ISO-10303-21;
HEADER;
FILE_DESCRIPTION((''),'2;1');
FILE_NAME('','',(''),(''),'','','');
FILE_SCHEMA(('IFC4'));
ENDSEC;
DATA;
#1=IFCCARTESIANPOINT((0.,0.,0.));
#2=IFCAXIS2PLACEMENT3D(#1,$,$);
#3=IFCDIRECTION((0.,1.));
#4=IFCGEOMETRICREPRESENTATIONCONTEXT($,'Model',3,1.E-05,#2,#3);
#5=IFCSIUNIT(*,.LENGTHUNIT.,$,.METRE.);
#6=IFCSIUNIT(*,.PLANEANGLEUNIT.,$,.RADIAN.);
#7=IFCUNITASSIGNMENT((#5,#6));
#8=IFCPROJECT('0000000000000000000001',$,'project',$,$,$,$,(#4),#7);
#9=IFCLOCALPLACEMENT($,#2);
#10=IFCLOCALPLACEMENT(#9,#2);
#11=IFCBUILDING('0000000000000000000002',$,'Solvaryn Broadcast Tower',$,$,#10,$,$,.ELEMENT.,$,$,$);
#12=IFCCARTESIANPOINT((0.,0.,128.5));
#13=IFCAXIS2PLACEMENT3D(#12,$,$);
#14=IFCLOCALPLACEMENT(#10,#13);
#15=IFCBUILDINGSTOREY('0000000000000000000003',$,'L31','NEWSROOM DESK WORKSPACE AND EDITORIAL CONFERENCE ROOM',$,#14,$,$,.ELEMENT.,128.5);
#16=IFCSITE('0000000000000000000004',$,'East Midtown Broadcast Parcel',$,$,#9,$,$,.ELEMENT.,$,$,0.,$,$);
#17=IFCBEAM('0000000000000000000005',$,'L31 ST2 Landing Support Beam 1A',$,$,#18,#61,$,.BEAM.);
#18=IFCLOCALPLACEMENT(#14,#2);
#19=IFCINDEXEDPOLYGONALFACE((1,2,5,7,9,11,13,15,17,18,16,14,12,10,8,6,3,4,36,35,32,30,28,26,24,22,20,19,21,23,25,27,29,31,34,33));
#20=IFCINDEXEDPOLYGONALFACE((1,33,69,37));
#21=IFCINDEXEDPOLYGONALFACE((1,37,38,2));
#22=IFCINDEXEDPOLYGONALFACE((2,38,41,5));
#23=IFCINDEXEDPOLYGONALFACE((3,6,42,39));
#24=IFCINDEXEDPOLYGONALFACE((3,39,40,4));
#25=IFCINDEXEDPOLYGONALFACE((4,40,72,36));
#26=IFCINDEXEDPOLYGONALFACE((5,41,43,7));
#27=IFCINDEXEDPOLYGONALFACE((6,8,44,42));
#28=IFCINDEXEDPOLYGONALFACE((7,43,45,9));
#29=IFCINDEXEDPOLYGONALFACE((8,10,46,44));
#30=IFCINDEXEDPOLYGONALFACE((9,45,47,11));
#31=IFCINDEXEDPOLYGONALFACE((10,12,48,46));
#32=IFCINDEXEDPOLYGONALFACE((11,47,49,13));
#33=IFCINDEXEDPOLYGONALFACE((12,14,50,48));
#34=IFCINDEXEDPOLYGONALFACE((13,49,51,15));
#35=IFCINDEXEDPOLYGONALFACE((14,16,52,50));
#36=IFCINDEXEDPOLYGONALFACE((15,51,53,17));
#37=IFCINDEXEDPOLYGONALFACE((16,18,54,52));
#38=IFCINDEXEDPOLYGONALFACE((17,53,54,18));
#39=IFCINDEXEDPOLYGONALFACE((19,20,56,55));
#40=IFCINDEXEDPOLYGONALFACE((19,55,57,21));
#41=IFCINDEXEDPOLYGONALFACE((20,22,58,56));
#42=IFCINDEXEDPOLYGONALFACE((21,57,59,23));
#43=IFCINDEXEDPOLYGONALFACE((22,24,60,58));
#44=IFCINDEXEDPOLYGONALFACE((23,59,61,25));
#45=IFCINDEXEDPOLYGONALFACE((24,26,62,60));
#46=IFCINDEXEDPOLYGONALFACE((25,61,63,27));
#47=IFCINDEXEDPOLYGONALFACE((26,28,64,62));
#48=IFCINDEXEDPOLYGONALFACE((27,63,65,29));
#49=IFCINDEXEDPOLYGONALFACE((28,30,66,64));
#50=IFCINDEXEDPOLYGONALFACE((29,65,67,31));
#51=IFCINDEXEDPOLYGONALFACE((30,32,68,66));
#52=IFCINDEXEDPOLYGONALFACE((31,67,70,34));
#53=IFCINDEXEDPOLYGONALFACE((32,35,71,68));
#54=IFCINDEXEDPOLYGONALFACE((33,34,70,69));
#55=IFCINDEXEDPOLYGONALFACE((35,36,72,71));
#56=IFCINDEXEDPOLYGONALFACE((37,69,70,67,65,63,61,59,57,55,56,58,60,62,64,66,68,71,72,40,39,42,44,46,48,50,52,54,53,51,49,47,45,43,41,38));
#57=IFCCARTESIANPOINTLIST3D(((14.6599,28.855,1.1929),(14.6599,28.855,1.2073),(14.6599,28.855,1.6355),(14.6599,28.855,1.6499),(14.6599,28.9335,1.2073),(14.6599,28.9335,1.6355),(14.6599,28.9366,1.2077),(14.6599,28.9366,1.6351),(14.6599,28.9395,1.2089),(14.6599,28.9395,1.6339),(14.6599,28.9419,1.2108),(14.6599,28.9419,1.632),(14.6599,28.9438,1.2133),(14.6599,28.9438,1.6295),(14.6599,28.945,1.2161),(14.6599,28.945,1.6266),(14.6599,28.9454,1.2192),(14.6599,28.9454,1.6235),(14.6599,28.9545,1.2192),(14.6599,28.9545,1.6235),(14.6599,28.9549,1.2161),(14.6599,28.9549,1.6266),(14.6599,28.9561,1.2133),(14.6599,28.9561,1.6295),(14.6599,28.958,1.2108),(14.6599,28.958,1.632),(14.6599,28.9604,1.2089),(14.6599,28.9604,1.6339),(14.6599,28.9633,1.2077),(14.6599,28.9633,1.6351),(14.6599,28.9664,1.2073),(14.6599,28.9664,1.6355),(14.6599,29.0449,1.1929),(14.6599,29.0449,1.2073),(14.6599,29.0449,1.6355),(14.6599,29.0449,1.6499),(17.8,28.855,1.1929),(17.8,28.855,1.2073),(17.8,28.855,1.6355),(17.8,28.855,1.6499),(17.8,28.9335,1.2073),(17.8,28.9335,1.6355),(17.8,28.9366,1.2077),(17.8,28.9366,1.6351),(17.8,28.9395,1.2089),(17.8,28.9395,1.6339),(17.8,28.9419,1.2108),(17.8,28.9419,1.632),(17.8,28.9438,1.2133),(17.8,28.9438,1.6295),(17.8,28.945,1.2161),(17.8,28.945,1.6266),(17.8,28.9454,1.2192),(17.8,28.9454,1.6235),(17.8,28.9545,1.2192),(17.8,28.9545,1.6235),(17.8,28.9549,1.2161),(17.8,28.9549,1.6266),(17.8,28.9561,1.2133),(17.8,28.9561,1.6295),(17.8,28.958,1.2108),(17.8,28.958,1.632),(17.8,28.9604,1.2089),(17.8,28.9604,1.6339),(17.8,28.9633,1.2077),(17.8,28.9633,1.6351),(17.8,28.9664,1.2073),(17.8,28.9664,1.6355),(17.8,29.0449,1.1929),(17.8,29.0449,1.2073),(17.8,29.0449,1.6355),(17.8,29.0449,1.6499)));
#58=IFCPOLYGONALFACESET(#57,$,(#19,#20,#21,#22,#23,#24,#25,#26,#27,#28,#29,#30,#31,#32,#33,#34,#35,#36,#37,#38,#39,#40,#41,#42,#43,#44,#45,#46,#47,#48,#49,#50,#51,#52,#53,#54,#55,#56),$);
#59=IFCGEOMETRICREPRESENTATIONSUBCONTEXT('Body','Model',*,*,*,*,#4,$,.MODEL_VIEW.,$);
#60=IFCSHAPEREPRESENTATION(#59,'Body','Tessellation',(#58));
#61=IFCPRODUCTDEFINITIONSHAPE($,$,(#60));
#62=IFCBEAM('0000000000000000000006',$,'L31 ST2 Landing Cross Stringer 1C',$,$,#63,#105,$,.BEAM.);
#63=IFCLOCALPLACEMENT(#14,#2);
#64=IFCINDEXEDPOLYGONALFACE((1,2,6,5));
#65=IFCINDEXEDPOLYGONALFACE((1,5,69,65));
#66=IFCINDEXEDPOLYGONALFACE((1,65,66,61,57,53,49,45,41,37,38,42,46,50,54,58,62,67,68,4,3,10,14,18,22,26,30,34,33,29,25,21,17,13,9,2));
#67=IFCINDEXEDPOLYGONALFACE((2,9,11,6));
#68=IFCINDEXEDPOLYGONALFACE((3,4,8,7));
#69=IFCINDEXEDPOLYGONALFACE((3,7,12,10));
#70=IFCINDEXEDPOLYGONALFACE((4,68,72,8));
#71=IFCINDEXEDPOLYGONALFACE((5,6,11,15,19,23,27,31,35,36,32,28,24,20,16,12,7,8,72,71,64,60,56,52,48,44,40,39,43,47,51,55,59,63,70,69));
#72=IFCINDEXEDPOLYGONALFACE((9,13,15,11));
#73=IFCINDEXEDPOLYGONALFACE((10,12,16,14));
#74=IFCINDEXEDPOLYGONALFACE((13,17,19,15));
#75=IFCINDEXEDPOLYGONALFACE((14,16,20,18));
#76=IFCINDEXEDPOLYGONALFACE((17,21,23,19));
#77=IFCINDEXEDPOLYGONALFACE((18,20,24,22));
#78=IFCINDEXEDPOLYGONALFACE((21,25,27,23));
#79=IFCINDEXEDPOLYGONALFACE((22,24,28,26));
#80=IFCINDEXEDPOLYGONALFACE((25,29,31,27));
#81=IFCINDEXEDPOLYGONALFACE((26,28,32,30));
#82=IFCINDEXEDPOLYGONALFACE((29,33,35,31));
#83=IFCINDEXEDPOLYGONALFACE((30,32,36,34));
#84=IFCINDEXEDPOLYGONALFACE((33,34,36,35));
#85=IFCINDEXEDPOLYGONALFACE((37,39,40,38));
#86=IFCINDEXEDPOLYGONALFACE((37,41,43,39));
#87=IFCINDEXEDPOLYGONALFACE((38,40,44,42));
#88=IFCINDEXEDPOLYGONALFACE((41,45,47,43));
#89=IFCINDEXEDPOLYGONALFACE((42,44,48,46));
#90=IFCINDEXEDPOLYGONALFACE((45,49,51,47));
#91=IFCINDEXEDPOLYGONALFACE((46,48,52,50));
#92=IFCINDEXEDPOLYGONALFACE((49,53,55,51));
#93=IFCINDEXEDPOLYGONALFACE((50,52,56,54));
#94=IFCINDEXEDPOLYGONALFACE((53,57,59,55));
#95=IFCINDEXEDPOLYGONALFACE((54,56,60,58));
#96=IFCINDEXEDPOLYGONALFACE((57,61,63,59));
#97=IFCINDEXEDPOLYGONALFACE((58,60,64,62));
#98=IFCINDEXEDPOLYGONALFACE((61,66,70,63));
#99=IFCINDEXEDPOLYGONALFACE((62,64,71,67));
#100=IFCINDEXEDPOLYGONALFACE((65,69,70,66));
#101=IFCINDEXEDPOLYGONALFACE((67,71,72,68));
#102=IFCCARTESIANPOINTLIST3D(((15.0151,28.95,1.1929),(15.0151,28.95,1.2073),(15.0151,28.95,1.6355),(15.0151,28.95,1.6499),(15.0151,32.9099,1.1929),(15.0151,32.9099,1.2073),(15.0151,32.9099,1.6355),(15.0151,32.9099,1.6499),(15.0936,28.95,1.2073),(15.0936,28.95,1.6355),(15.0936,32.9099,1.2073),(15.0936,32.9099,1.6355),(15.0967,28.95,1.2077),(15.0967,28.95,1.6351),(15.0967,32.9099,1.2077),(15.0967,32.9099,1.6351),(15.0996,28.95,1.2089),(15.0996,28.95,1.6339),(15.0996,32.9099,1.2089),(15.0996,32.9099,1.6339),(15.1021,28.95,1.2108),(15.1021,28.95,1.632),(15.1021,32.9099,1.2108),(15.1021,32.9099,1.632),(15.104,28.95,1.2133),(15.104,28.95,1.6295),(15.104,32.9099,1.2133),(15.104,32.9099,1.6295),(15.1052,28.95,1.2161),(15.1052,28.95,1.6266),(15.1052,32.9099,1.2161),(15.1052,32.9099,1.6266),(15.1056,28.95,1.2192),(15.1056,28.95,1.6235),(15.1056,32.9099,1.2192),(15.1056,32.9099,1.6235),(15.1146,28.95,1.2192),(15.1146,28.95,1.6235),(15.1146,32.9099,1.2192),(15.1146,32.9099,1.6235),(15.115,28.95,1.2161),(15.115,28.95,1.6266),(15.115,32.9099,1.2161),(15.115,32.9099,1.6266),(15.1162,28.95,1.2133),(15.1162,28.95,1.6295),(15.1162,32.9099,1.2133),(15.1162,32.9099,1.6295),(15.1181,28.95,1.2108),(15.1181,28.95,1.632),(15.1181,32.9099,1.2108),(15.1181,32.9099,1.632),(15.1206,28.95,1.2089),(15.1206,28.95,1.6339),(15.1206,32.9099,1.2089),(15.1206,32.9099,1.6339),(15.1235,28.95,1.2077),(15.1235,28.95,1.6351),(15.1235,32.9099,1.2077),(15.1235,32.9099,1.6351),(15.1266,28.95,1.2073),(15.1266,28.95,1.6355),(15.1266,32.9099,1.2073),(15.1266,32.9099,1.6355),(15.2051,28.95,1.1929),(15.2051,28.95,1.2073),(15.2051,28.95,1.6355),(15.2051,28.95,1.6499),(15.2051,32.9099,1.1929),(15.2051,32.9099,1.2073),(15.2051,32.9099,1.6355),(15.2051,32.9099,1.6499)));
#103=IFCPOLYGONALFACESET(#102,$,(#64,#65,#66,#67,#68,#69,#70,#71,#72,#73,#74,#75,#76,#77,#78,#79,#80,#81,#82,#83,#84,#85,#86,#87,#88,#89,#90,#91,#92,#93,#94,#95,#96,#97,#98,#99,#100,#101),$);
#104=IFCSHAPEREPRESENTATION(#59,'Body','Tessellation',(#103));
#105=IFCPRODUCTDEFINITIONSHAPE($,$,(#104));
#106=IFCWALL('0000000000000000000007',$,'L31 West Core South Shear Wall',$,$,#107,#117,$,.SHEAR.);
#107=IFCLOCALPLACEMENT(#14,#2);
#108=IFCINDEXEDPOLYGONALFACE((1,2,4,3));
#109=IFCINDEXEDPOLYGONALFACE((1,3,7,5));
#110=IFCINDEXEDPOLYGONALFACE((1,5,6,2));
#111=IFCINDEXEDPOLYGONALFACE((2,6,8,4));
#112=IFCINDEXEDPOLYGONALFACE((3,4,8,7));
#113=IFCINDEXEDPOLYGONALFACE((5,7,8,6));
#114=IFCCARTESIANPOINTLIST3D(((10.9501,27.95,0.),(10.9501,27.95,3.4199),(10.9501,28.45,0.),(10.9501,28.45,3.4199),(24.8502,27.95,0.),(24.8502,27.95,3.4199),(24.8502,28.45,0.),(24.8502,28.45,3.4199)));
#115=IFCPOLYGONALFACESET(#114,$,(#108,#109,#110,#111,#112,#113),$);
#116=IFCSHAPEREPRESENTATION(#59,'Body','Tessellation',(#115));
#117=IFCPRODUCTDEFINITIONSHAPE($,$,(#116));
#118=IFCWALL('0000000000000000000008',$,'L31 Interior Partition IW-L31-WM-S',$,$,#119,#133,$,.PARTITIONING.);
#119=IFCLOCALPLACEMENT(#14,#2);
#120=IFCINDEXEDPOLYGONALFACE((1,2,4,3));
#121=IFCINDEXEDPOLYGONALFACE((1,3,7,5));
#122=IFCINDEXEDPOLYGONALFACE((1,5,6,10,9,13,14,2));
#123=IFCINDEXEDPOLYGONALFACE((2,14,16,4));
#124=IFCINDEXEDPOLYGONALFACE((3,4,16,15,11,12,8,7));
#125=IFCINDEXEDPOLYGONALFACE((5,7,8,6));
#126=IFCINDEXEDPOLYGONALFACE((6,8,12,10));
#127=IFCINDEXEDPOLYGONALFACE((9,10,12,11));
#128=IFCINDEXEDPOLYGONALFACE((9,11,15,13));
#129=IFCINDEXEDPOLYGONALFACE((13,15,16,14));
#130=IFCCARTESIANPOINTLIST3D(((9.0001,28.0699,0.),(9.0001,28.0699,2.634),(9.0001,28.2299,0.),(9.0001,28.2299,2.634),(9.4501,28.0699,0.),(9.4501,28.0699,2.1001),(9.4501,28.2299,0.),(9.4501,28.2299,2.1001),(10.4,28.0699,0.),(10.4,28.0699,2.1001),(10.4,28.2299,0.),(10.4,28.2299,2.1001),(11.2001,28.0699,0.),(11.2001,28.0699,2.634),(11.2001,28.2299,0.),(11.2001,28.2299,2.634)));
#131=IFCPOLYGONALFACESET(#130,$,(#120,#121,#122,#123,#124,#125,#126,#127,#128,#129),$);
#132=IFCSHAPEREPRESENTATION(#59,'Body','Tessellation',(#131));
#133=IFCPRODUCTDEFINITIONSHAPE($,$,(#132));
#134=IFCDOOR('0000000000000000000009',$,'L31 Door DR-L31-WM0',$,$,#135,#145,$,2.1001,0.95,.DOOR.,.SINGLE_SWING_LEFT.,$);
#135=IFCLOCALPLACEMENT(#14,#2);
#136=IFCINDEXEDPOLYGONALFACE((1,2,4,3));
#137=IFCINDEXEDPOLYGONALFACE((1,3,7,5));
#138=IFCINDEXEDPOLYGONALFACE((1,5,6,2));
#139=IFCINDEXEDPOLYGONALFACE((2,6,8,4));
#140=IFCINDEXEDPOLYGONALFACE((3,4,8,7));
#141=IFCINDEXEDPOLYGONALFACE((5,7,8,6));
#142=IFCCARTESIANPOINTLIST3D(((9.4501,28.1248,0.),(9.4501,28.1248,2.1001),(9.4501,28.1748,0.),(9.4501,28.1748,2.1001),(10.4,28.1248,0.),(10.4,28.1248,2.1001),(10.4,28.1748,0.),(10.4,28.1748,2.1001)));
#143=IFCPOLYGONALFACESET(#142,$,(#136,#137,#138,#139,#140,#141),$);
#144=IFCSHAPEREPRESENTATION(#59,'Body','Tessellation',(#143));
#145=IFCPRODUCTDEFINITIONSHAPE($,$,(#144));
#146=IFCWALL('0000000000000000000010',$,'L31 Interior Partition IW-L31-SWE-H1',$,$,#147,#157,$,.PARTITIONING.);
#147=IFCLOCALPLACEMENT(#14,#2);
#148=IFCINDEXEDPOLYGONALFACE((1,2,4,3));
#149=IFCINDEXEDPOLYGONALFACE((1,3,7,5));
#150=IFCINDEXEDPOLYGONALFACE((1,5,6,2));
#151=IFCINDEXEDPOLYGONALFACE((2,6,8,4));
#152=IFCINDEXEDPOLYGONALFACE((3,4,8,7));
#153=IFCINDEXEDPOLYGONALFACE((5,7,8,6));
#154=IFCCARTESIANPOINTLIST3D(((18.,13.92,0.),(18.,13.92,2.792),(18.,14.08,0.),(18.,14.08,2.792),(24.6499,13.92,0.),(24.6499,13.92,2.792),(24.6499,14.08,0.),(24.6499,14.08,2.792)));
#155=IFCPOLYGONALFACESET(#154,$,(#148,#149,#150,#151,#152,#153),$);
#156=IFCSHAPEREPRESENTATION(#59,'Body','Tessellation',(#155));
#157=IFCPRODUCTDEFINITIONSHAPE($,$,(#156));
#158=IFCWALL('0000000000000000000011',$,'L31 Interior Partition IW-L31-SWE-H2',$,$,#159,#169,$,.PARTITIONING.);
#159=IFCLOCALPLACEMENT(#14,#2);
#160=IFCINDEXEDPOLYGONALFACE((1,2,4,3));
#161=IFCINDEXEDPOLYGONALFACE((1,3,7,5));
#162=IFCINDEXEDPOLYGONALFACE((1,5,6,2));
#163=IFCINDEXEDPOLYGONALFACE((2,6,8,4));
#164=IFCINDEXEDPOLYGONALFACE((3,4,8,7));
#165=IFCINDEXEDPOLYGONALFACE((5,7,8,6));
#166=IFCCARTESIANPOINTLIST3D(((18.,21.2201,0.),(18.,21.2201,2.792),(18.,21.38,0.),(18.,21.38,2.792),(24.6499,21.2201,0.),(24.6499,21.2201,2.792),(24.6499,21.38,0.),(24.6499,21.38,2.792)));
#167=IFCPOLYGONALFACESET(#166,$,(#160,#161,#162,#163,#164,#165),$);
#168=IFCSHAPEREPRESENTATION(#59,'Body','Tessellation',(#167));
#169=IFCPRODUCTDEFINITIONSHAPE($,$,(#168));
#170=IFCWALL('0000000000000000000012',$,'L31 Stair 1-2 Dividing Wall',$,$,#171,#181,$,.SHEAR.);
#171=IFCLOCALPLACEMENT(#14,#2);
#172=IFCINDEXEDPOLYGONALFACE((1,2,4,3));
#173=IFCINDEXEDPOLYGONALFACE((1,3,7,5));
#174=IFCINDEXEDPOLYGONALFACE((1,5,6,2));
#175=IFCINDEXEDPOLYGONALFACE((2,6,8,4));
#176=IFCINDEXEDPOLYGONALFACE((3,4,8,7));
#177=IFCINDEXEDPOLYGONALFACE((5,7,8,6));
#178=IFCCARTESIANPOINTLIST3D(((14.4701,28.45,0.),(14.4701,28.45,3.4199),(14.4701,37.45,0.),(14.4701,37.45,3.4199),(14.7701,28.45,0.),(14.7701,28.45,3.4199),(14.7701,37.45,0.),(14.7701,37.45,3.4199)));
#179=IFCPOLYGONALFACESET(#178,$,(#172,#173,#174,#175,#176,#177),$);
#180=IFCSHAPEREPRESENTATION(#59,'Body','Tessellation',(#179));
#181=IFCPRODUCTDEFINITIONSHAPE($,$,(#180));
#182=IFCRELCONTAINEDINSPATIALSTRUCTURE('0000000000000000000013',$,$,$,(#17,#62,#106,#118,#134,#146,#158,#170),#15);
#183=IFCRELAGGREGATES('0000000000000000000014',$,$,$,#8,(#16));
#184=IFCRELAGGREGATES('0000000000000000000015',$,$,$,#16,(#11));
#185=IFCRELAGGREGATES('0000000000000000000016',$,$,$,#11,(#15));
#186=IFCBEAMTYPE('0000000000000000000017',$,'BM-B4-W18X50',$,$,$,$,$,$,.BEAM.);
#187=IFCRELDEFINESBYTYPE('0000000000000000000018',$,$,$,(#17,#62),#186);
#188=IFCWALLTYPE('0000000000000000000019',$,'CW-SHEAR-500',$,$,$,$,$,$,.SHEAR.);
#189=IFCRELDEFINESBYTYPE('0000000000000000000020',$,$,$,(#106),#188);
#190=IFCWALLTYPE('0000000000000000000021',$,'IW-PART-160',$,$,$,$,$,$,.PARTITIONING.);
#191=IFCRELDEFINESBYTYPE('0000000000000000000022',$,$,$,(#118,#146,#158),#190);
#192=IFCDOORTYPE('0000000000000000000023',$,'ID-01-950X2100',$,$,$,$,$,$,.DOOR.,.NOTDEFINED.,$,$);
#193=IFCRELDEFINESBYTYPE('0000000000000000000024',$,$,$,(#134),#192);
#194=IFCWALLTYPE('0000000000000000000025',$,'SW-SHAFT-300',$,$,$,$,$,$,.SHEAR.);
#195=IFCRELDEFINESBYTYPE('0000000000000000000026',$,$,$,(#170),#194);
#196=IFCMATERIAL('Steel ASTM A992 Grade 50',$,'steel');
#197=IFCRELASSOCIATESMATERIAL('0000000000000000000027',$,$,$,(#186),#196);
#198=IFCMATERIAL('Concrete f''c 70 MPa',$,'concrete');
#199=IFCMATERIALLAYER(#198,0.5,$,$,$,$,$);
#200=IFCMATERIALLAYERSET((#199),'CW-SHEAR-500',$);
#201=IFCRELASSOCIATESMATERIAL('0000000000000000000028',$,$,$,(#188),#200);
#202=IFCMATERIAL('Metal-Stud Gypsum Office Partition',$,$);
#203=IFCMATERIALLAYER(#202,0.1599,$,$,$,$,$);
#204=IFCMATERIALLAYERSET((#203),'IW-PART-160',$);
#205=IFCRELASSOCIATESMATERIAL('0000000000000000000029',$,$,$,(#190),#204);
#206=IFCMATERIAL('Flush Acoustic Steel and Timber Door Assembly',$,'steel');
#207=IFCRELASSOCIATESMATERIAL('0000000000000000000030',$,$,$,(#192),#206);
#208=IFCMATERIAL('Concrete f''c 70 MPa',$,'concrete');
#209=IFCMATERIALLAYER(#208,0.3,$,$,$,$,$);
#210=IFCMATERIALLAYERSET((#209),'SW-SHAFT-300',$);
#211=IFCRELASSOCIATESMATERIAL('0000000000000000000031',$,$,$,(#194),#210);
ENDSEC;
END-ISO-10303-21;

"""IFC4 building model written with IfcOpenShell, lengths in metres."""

from ifc_helpers import new_model, si_unit, direction, frame, frame_2d, origin, origin_2d, place, context, subcontext, project, spatial, rectangle, i_section, extrude, material, layer, layer_set, material_profile, profile_set, type_object, element, fill, save


model = new_model("IFC4")

# Units and contexts
model_context = context("Model", 3, precision=1e-05, world=origin(), true_north=direction((0.0, 1.0)))
body_context = subcontext(model_context, "Body", "Model", "MODEL_VIEW")
ifc_project = project(units=[si_unit("LENGTHUNIT", "METRE"), si_unit("PLANEANGLEUNIT", "RADIAN")], contexts=[model_context])

# Site, building, storey
site_placement = place(None, origin())
site = spatial("IfcSite", under=ifc_project, at=site_placement, Name="East Midtown Broadcast Parcel", CompositionType="ELEMENT", RefElevation=0.0)
building_placement = place(site_placement, origin())
building = spatial("IfcBuilding", under=site, at=building_placement, Name="Solvaryn Broadcast Tower", CompositionType="ELEMENT")
storey_placement = place(building_placement, frame((0.0, 0.0, 128.5)))
storey = spatial("IfcBuildingStorey", under=building, at=storey_placement, Name="L31", Description="NEWSROOM DESK WORKSPACE AND EDITORIAL CONFERENCE ROOM", CompositionType="ELEMENT", Elevation=128.5)

# Beams
ifc_material_1 = material(Name="Steel ASTM A992 Grade 50", Category="steel")
ifc_material_profile_1 = material_profile(ifc_material_1, i_section(OverallWidth=0.1899, OverallDepth=0.457, WebThickness=0.009, FlangeThickness=0.0144, FilletRadius=0.012, at=origin_2d()))
ifc_profile_set_1 = profile_set([ifc_material_profile_1], Name="Steel ASTM A992 Grade 50")
beam_type_1 = type_object("IfcBeamType", Name="BM-B4-W18X50", PredefinedType="BEAM", material=ifc_profile_set_1)
beam_1_placement = place(storey_placement, frame((14.6599, 28.95, 1.4214), z_axis=(1.0, 0.0, 0.0), x_axis=(0.0, 1.0, 0.0)))
element("IfcBeam", 1, at=beam_1_placement, inside=storey, type_object=beam_type_1, Name="L31 ST2 Landing Support Beam 1A", PredefinedType="BEAM", context=body_context, shape_type="SweptSolid", body=[
    extrude(i_section(OverallWidth=0.1899, OverallDepth=0.457, WebThickness=0.009, FlangeThickness=0.0144, FilletRadius=0.012, at=origin_2d()), origin(), (0.0, 0.0, 1.0), 3.1401),
])
beam_2_placement = place(storey_placement, frame((15.1101, 28.95, 1.4214), z_axis=(0.0, 1.0, 0.0), x_axis=(-1.0, 0.0, 0.0)))
element("IfcBeam", 2, at=beam_2_placement, inside=storey, type_object=beam_type_1, Name="L31 ST2 Landing Cross Stringer 1C", PredefinedType="BEAM", context=body_context, shape_type="SweptSolid", body=[
    extrude(i_section(OverallWidth=0.1899, OverallDepth=0.457, WebThickness=0.009, FlangeThickness=0.0144, FilletRadius=0.012, at=origin_2d()), origin(), (0.0, 0.0, 1.0), 3.96),
])

# Wall
ifc_material_2 = material(Name="Concrete f'c 70 MPa", Category="concrete")
ifc_layer_1 = layer(ifc_material_2, 0.5)
ifc_layer_set_1 = layer_set([ifc_layer_1], Name="CW-SHEAR-500")
wall_type_1 = type_object("IfcWallType", Name="CW-SHEAR-500", PredefinedType="SHEAR", material=ifc_layer_set_1)
wall_1_placement = place(storey_placement, frame((10.95, 28.2, 0.0), z_axis=(0.0, 0.0, 1.0), x_axis=(1.0, 0.0, 0.0)))
element("IfcWall", 3, at=wall_1_placement, inside=storey, type_object=wall_type_1, Name="L31 West Core South Shear Wall", PredefinedType="SHEAR", context=body_context, shape_type="SweptSolid", body=[
    extrude(rectangle(XDim=13.9001, YDim=0.5, at=frame_2d((6.9502, 0.0))), origin(), (0.0, 0.0, 1.0), 3.4199),
])

# Wall, opening, door
ifc_material_3 = material(Name="Metal-Stud Gypsum Office Partition")
ifc_layer_2 = layer(ifc_material_3, 0.1599)
ifc_layer_set_2 = layer_set([ifc_layer_2], Name="IW-PART-160")
wall_type_2 = type_object("IfcWallType", Name="IW-PART-160", PredefinedType="PARTITIONING", material=ifc_layer_set_2)
wall_2_placement = place(storey_placement, frame((9.0, 28.1499, 0.0), z_axis=(0.0, 0.0, 1.0), x_axis=(1.0, 0.0, 0.0)))
wall_2 = element("IfcWall", 4, at=wall_2_placement, inside=storey, type_object=wall_type_2, Name="L31 Interior Partition IW-L31-WM-S", PredefinedType="PARTITIONING", context=body_context, shape_type="SweptSolid", body=[
    extrude(rectangle(XDim=2.2, YDim=0.1599, at=frame_2d((1.1001, 0.0))), origin(), (0.0, 0.0, 1.0), 2.634),
])
opening_placement = place(wall_2_placement, frame((0.45, 0.0, 0.0)))
opening = element("IfcOpeningElement", 5, at=opening_placement, cuts=wall_2, PredefinedType="OPENING", context=body_context, shape_type="SweptSolid", body=[
    extrude(rectangle(XDim=0.95, YDim=2.1001, at=frame_2d((0.4751, 1.05))), frame((0.0, 0.0901, 0.0), z_axis=(0.0, -1.0, 0.0), x_axis=(1.0, 0.0, 0.0)), (0.0, 0.0, 1.0), 0.1799),
])
ifc_material_4 = material(Name="Flush Acoustic Steel and Timber Door Assembly", Category="steel")
door_type = type_object("IfcDoorType", Name="ID-01-950X2100", OperationType="NOTDEFINED", PredefinedType="DOOR", material=ifc_material_4)
door_placement = place(opening_placement, origin())
door = element("IfcDoor", 6, at=door_placement, inside=storey, type_object=door_type, Name="L31 Door DR-L31-WM0", OperationType="SINGLE_SWING_LEFT", OverallHeight=2.1001, OverallWidth=0.95, PredefinedType="DOOR", context=body_context, shape_type="SweptSolid", body=[
    extrude(rectangle(XDim=0.95, YDim=2.1001, at=frame_2d((0.4751, 1.05))), frame((0.0, 0.0249, 0.0), z_axis=(0.0, -1.0, 0.0), x_axis=(1.0, 0.0, 0.0)), (0.0, 0.0, 1.0), 0.05),
])
fill(opening, door)

# Walls
for number, where, z_axis, x_axis, name in (
    (7, (18.0, 14.0, 0.0), (0.0, 0.0, 1.0), (1.0, 0.0, 0.0), "L31 Interior Partition IW-L31-SWE-H1"),
    (8, (18.0, 21.3, 0.0), (0.0, 0.0, 1.0), (1.0, 0.0, 0.0), "L31 Interior Partition IW-L31-SWE-H2"),
):
    element("IfcWall", number, at=place(storey_placement, frame(where, z_axis=z_axis, x_axis=x_axis)), inside=storey, type_object=wall_type_2, Name=name, PredefinedType="PARTITIONING", context=body_context, shape_type="SweptSolid", body=[
        extrude(rectangle(XDim=6.6499, YDim=0.1599, at=frame_2d((3.325, 0.0))), origin(), (0.0, 0.0, 1.0), 2.792),
    ])
ifc_material_5 = material(Name="Concrete f'c 70 MPa", Category="concrete")
ifc_layer_3 = layer(ifc_material_5, 0.3)
ifc_layer_set_3 = layer_set([ifc_layer_3], Name="SW-SHAFT-300")
wall_type_3 = type_object("IfcWallType", Name="SW-SHAFT-300", PredefinedType="SHEAR", material=ifc_layer_set_3)
wall_3_placement = place(storey_placement, frame((14.6201, 28.45, 0.0), z_axis=(0.0, 0.0, 1.0), x_axis=(0.0, 1.0, 0.0)))
element("IfcWall", 9, at=wall_3_placement, inside=storey, type_object=wall_type_3, Name="L31 Stair 1-2 Dividing Wall", PredefinedType="SHEAR", context=body_context, shape_type="SweptSolid", body=[
    extrude(rectangle(XDim=9.0, YDim=0.3, at=frame_2d((4.5, 0.0))), origin(), (0.0, 0.0, 1.0), 3.4199),
])

save(model, "model.ifc")
